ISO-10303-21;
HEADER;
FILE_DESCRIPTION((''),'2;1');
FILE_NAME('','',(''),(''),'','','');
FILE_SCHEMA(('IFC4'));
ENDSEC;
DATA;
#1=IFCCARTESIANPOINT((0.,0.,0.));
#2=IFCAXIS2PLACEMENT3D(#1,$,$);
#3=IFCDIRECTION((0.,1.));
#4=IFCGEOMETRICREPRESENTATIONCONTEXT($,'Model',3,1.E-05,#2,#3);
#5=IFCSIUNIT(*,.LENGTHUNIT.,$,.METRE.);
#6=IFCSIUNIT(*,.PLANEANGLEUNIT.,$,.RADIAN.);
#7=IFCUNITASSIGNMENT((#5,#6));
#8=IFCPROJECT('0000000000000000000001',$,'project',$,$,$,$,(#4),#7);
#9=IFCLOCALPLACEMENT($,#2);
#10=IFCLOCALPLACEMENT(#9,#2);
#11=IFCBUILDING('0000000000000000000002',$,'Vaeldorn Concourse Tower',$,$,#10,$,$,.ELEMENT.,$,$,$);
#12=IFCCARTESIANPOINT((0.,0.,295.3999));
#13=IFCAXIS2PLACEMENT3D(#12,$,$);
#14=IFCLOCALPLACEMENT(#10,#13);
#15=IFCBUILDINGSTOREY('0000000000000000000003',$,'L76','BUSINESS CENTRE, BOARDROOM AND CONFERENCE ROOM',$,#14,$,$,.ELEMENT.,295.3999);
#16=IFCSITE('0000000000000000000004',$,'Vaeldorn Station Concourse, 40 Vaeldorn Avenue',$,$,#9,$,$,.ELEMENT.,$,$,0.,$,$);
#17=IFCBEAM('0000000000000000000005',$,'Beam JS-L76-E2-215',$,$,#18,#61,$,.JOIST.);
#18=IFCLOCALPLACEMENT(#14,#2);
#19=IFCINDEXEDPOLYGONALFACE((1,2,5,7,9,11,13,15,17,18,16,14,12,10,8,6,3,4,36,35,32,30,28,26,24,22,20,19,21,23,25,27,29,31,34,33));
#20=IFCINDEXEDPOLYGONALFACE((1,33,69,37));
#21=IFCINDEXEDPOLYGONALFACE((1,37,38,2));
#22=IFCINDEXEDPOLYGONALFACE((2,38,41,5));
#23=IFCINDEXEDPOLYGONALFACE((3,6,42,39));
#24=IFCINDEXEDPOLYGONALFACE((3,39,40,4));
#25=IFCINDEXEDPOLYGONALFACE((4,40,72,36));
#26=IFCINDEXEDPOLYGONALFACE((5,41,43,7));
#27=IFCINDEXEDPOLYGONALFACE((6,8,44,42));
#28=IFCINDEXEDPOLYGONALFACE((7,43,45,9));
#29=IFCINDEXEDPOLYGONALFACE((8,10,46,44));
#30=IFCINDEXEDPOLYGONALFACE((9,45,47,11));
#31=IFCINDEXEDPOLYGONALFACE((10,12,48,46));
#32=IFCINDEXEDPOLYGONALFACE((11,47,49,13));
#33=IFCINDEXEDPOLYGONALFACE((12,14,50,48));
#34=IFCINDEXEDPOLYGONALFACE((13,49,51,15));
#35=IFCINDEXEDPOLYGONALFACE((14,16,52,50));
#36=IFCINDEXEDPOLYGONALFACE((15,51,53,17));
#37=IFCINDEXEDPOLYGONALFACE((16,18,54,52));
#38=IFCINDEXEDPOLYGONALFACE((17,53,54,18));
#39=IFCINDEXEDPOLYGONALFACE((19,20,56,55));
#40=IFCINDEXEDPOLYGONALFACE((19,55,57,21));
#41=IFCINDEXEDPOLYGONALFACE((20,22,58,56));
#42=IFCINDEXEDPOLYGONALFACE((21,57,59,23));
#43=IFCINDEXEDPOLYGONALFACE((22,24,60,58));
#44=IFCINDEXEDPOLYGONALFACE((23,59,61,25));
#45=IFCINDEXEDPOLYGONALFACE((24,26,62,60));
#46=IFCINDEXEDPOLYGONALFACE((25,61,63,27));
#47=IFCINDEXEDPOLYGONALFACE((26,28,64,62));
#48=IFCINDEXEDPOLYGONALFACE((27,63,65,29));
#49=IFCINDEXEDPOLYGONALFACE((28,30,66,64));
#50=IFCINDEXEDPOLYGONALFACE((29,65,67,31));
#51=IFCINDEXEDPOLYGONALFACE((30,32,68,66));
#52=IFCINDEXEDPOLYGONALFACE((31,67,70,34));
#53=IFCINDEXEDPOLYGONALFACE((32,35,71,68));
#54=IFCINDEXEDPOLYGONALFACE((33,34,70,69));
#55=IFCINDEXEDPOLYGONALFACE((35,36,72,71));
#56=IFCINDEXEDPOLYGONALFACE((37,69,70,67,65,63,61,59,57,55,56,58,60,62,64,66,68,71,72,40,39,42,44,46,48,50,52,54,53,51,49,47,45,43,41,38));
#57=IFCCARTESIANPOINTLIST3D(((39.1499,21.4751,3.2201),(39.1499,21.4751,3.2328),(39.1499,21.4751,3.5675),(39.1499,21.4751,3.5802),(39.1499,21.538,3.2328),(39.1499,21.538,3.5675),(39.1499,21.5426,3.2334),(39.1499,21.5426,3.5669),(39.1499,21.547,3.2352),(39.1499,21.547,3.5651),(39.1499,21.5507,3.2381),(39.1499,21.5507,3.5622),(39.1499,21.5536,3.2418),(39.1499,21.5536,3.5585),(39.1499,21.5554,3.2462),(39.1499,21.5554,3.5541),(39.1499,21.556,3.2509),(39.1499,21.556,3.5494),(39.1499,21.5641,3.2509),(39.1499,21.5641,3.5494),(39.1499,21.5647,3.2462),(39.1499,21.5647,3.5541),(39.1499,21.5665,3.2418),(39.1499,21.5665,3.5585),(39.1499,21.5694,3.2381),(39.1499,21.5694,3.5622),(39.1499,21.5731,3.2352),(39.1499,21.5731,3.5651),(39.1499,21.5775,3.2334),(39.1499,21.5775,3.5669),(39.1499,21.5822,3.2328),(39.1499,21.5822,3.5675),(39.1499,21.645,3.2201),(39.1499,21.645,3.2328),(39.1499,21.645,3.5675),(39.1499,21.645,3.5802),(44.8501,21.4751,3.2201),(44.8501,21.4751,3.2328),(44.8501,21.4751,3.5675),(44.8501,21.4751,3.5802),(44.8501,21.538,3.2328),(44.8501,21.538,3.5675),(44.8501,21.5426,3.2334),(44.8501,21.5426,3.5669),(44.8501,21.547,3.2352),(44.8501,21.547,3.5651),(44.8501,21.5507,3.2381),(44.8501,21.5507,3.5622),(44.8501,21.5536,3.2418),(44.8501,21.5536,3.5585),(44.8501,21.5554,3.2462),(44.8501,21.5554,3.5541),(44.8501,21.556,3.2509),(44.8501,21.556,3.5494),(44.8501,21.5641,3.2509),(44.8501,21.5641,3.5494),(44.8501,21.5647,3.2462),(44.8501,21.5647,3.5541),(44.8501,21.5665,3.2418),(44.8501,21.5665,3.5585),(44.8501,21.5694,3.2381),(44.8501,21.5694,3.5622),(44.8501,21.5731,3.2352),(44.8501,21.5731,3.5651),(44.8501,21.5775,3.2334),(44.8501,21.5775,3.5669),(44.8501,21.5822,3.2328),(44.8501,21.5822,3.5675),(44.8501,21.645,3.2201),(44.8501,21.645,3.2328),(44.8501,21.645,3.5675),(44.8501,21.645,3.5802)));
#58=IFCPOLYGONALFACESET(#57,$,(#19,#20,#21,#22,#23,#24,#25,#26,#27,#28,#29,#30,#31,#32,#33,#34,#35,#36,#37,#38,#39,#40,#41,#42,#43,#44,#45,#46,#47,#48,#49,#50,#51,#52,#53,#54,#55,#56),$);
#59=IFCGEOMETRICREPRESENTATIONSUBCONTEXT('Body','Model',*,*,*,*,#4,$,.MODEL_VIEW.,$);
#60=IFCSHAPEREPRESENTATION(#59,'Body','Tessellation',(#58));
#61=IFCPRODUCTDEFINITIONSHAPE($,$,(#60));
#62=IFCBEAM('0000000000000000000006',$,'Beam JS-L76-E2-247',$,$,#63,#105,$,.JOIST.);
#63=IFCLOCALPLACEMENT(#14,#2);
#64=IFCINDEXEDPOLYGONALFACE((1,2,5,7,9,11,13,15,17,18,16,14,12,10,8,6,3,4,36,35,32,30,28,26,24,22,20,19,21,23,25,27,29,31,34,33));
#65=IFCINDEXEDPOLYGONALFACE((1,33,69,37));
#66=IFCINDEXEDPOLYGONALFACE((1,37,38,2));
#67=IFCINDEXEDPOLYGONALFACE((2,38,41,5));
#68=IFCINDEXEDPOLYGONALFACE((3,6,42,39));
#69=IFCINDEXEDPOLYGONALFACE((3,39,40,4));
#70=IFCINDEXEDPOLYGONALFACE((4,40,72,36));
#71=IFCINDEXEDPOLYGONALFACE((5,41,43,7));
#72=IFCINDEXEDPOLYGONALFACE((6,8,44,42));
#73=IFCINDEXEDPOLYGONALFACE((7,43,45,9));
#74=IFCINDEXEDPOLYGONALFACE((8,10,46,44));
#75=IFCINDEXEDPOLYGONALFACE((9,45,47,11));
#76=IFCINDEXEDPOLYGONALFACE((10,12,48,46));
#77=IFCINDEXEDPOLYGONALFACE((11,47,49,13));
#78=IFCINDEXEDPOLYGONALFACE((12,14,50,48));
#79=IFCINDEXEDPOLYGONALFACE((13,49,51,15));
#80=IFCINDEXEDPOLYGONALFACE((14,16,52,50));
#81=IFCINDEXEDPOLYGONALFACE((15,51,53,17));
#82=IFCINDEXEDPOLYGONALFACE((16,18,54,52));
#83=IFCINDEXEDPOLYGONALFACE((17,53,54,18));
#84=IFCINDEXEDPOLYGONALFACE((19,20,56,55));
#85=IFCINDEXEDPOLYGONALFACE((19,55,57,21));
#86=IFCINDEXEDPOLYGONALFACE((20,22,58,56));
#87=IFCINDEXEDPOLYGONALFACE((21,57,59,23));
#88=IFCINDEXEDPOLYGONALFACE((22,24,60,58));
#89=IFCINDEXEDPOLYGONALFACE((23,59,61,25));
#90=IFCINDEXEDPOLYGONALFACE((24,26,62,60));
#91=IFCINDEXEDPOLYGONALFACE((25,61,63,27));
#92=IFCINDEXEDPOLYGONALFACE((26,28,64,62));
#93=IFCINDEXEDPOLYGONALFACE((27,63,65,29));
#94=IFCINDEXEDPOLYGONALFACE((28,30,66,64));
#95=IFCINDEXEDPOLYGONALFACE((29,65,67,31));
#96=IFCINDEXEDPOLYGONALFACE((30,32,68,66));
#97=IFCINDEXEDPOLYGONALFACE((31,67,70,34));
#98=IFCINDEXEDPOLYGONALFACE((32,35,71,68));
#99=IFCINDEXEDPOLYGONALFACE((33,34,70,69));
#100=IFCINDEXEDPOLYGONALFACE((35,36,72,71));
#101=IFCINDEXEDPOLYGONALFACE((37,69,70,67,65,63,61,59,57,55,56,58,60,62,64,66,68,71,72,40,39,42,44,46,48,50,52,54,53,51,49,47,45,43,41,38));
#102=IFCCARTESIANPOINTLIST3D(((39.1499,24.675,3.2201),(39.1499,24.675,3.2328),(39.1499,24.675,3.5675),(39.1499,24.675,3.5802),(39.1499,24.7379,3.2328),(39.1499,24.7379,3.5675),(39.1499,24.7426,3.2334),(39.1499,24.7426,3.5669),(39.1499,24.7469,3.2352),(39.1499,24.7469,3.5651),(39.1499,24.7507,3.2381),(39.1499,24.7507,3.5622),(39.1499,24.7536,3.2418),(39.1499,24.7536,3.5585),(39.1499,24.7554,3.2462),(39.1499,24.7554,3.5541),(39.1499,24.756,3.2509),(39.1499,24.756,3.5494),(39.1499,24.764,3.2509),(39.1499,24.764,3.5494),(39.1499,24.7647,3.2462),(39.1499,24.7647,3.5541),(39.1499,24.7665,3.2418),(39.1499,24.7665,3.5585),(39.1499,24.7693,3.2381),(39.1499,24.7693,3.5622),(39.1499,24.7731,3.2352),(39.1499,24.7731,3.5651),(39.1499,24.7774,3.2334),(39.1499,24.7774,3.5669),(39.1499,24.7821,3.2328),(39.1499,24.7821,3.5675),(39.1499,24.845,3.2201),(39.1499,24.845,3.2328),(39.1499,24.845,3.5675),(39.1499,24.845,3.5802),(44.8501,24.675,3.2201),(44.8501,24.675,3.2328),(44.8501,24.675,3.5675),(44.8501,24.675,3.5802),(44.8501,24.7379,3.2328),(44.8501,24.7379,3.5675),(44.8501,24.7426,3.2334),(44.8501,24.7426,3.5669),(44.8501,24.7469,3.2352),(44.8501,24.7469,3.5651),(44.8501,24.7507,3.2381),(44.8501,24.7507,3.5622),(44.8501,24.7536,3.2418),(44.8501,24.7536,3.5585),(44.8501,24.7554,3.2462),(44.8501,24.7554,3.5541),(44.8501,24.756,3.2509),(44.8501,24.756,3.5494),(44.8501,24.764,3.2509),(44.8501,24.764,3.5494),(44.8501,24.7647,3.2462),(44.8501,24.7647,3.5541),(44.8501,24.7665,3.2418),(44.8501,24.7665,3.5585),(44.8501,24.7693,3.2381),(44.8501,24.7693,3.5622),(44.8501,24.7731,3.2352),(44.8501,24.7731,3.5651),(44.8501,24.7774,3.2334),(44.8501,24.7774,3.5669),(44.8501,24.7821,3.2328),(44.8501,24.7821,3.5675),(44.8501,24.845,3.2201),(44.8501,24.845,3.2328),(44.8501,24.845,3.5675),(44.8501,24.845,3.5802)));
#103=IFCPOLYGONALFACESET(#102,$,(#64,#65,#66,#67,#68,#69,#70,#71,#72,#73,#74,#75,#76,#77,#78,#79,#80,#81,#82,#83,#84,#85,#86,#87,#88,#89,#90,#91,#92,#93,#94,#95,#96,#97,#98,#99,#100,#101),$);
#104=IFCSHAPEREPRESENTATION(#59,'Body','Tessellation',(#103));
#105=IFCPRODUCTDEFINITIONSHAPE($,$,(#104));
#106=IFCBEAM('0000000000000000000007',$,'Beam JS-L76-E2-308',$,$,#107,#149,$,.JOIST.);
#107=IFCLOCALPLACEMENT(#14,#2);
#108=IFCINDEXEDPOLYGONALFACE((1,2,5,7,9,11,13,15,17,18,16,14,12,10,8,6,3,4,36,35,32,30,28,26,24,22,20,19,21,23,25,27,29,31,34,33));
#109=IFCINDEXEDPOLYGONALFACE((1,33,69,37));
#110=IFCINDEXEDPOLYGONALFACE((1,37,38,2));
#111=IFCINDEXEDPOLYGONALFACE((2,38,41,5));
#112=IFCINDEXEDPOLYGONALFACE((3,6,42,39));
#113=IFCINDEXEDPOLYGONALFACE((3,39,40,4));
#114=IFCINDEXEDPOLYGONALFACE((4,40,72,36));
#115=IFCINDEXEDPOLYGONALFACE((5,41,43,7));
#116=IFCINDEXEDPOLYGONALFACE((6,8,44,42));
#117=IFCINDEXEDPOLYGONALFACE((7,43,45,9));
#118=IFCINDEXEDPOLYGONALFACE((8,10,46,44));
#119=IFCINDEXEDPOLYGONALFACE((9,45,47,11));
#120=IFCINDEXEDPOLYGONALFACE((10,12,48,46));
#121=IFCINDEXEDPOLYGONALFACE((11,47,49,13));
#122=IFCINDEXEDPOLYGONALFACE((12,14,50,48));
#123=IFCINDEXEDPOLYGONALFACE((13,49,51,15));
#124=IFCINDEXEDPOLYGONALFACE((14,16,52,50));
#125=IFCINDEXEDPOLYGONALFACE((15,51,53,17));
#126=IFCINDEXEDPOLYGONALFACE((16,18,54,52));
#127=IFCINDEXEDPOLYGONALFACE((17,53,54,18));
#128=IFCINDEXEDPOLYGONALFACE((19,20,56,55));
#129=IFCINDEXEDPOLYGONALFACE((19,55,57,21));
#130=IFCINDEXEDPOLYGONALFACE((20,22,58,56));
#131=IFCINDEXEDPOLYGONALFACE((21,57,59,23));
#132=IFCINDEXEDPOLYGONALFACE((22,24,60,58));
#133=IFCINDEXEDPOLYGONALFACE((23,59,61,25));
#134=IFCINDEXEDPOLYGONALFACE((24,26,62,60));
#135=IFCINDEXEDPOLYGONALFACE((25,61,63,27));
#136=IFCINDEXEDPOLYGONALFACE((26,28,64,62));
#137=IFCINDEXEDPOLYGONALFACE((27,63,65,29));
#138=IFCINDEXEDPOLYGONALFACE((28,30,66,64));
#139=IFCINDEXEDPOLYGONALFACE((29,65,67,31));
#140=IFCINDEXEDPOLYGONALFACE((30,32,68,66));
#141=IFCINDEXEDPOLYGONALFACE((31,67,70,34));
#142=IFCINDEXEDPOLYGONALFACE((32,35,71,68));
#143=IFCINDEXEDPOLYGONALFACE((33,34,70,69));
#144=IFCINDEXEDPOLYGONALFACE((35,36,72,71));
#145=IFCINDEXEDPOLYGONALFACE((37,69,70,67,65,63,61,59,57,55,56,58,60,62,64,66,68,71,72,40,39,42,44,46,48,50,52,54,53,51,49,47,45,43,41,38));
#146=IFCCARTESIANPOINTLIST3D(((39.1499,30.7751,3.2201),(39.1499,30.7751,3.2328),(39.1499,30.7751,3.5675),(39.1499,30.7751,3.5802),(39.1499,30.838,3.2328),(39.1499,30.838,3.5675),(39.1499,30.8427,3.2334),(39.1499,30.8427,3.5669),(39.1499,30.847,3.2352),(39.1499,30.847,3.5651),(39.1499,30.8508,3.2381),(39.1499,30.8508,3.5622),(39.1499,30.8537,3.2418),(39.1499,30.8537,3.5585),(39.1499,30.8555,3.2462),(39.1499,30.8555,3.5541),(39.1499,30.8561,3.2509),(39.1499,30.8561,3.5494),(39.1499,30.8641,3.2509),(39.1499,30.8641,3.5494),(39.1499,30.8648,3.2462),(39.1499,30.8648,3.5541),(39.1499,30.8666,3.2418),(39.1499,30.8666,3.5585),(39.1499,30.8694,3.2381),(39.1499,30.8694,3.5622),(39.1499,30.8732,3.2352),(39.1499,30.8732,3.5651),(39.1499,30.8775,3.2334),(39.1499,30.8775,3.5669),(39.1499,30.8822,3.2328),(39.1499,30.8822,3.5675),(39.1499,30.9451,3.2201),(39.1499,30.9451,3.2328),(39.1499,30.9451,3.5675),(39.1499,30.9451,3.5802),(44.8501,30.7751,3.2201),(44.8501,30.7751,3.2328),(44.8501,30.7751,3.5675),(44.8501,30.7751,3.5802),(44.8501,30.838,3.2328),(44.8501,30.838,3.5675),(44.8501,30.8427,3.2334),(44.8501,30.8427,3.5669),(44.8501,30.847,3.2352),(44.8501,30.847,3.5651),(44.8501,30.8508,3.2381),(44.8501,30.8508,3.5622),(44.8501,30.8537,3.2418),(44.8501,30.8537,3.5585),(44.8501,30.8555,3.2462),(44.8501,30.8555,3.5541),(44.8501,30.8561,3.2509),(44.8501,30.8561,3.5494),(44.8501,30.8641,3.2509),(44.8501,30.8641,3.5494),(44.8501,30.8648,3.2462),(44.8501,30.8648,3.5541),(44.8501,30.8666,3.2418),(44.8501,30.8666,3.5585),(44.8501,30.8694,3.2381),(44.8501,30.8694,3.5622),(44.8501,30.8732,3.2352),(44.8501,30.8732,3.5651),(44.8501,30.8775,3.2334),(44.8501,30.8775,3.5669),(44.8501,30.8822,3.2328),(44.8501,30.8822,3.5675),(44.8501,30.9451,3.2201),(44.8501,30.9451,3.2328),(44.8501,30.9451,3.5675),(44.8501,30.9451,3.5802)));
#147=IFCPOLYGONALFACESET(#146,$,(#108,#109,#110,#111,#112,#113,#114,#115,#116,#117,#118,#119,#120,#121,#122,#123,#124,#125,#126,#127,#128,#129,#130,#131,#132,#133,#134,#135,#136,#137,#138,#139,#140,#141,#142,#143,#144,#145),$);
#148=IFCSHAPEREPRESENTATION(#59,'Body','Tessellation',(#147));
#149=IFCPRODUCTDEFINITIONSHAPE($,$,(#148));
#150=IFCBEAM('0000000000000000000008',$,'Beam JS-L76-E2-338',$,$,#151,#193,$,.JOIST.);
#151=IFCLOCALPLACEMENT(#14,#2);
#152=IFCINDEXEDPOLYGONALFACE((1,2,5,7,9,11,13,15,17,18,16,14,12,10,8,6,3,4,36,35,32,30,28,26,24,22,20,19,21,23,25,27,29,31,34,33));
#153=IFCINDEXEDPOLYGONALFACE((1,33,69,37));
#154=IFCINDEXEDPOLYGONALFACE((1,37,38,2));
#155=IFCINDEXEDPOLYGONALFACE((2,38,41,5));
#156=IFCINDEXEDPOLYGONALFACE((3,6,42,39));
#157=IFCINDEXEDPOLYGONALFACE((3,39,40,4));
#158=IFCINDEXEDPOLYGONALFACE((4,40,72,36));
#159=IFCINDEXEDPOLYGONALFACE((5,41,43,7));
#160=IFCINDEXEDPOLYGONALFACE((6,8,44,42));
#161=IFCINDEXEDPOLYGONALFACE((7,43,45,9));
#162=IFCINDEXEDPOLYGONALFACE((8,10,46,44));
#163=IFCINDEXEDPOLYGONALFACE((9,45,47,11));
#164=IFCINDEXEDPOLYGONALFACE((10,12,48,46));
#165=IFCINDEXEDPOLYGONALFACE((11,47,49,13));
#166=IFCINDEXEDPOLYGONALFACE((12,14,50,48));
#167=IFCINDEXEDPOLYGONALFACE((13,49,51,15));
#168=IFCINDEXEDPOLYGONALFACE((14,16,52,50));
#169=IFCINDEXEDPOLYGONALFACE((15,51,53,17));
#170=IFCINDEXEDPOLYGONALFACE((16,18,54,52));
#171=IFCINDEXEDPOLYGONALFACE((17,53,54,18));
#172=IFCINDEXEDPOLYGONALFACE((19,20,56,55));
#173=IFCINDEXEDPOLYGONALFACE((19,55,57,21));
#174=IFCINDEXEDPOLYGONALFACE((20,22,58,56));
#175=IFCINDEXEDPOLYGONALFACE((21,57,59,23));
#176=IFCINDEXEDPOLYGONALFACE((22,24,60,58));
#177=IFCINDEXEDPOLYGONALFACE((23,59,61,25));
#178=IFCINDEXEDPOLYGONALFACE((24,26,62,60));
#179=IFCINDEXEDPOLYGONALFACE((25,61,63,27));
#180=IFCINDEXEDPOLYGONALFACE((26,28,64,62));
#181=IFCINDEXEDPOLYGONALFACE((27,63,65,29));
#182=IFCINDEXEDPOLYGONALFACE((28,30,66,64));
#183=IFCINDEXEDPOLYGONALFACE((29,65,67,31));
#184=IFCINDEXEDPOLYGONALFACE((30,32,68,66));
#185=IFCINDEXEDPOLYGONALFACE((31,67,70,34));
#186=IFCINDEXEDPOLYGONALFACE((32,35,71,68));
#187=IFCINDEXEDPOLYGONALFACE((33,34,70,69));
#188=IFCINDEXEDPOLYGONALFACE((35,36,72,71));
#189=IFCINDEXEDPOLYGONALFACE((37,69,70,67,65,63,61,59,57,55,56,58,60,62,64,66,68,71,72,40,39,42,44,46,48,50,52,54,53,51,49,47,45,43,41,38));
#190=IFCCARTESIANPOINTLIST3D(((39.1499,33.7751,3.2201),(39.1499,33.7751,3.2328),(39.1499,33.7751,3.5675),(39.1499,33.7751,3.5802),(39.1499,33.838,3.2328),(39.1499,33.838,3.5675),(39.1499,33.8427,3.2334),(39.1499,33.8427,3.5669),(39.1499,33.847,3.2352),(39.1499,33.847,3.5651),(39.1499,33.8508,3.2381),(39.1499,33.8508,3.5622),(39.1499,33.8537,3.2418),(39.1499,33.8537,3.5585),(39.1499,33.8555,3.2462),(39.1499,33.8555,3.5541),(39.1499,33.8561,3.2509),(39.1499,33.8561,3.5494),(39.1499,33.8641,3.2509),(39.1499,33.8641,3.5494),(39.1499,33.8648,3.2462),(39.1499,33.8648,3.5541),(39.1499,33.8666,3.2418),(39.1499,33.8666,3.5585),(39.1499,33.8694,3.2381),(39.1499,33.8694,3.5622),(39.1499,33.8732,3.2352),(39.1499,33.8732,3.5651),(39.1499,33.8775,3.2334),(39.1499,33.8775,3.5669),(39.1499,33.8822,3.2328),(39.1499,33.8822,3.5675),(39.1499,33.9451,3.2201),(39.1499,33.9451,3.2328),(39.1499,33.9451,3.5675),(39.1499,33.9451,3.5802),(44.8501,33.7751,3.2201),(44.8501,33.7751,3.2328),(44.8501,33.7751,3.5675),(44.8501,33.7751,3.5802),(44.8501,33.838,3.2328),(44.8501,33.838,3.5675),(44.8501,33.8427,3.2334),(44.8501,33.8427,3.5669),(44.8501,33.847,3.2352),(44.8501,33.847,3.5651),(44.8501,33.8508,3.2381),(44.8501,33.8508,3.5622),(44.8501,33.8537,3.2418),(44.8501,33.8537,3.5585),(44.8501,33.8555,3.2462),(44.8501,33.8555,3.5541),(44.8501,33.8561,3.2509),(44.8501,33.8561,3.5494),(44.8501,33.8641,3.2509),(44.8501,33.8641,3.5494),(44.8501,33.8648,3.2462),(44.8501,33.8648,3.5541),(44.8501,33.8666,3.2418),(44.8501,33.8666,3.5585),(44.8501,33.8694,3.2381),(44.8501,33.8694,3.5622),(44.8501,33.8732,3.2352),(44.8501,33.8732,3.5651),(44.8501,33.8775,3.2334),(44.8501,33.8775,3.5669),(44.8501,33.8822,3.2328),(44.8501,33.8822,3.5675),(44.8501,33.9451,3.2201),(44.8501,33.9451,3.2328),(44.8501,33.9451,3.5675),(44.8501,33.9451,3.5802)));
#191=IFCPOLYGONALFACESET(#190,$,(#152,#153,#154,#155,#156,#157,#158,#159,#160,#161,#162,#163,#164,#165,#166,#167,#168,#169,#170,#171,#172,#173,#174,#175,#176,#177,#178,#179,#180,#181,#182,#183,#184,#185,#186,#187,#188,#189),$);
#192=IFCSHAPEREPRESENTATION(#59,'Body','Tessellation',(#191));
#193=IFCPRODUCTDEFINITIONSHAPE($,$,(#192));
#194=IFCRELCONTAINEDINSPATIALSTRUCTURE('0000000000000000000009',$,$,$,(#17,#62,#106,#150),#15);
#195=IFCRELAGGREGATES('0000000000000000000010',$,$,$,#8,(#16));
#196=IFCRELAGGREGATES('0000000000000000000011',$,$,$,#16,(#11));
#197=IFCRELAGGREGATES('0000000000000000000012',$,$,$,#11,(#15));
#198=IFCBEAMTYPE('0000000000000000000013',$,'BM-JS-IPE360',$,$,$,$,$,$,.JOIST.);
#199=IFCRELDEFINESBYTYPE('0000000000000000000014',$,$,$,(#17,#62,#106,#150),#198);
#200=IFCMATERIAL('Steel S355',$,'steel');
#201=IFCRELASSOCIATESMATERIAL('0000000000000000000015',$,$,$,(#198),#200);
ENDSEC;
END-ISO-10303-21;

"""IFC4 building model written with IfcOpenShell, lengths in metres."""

from ifc_helpers import new_model, si_unit, direction, frame, origin, origin_2d, place, context, subcontext, project, spatial, i_section, extrude, source, transform, mapped, material, material_profile, profile_set, type_object, element, save


model = new_model("IFC4")

# Units and contexts
model_context = context("Model", 3, precision=1e-05, world=origin(), true_north=direction((0.0, 1.0)))
body_context = subcontext(model_context, "Body", "Model", "MODEL_VIEW")
ifc_project = project(units=[si_unit("LENGTHUNIT", "METRE"), si_unit("PLANEANGLEUNIT", "RADIAN")], contexts=[model_context])

# Site, building, storey
site_placement = place(None, origin())
site = spatial("IfcSite", under=ifc_project, at=site_placement, Name="Vaeldorn Station Concourse, 40 Vaeldorn Avenue", CompositionType="ELEMENT", RefElevation=0.0)
building_placement = place(site_placement, origin())
building = spatial("IfcBuilding", under=site, at=building_placement, Name="Vaeldorn Concourse Tower", CompositionType="ELEMENT")
storey_placement = place(building_placement, frame((0.0, 0.0, 295.3999)))
storey = spatial("IfcBuildingStorey", under=building, at=storey_placement, Name="L76", Description="BUSINESS CENTRE, BOARDROOM AND CONFERENCE ROOM", CompositionType="ELEMENT", Elevation=295.3999)

# Shared definitions
ifc_material_1 = material(Name="Steel S355", Category="steel")

# Beams
ifc_material_profile_1 = material_profile(ifc_material_1, i_section(OverallWidth=0.1699, OverallDepth=0.3601, WebThickness=0.0081, FlangeThickness=0.0127, FilletRadius=0.0181, at=origin_2d()), Name="IPE 360")
ifc_profile_set_1 = profile_set([ifc_material_profile_1], Name="Steel S355")
beam_type_1 = type_object("IfcBeamType", Name="BM-JS-IPE360", PredefinedType="JOIST", material=ifc_profile_set_1)
shared_shape_1 = source(origin(), body_context, "Body", "SweptSolid", [
    extrude(i_section(OverallWidth=0.1699, OverallDepth=0.3601, WebThickness=0.0081, FlangeThickness=0.0127, FilletRadius=0.0181, at=origin_2d()), origin(), (0.0, 0.0, 1.0), 5.7002),
])
for number, where, z_axis, x_axis, name in (
    (1, (39.1499, 21.5601, 3.4001), (1.0, 0.0, 0.0), (0.0, 1.0, 0.0), "Beam JS-L76-E2-215"),
    (2, (39.1499, 24.76, 3.4001), (1.0, 0.0, 0.0), (0.0, 1.0, 0.0), "Beam JS-L76-E2-247"),
    (3, (39.1499, 30.8601, 3.4001), (1.0, 0.0, 0.0), (0.0, 1.0, 0.0), "Beam JS-L76-E2-308"),
    (4, (39.1499, 33.8601, 3.4001), (1.0, 0.0, 0.0), (0.0, 1.0, 0.0), "Beam JS-L76-E2-338"),
):
    element("IfcBeam", number, at=place(storey_placement, frame(where, z_axis=z_axis, x_axis=x_axis)), inside=storey, type_object=beam_type_1, Name=name, PredefinedType="JOIST", context=body_context, shape_type="MappedRepresentation", body=[
        mapped(shared_shape_1, transform((0.0, 0.0, 0.0), scale=1.0)),
    ])

save(model, "model.ifc")
